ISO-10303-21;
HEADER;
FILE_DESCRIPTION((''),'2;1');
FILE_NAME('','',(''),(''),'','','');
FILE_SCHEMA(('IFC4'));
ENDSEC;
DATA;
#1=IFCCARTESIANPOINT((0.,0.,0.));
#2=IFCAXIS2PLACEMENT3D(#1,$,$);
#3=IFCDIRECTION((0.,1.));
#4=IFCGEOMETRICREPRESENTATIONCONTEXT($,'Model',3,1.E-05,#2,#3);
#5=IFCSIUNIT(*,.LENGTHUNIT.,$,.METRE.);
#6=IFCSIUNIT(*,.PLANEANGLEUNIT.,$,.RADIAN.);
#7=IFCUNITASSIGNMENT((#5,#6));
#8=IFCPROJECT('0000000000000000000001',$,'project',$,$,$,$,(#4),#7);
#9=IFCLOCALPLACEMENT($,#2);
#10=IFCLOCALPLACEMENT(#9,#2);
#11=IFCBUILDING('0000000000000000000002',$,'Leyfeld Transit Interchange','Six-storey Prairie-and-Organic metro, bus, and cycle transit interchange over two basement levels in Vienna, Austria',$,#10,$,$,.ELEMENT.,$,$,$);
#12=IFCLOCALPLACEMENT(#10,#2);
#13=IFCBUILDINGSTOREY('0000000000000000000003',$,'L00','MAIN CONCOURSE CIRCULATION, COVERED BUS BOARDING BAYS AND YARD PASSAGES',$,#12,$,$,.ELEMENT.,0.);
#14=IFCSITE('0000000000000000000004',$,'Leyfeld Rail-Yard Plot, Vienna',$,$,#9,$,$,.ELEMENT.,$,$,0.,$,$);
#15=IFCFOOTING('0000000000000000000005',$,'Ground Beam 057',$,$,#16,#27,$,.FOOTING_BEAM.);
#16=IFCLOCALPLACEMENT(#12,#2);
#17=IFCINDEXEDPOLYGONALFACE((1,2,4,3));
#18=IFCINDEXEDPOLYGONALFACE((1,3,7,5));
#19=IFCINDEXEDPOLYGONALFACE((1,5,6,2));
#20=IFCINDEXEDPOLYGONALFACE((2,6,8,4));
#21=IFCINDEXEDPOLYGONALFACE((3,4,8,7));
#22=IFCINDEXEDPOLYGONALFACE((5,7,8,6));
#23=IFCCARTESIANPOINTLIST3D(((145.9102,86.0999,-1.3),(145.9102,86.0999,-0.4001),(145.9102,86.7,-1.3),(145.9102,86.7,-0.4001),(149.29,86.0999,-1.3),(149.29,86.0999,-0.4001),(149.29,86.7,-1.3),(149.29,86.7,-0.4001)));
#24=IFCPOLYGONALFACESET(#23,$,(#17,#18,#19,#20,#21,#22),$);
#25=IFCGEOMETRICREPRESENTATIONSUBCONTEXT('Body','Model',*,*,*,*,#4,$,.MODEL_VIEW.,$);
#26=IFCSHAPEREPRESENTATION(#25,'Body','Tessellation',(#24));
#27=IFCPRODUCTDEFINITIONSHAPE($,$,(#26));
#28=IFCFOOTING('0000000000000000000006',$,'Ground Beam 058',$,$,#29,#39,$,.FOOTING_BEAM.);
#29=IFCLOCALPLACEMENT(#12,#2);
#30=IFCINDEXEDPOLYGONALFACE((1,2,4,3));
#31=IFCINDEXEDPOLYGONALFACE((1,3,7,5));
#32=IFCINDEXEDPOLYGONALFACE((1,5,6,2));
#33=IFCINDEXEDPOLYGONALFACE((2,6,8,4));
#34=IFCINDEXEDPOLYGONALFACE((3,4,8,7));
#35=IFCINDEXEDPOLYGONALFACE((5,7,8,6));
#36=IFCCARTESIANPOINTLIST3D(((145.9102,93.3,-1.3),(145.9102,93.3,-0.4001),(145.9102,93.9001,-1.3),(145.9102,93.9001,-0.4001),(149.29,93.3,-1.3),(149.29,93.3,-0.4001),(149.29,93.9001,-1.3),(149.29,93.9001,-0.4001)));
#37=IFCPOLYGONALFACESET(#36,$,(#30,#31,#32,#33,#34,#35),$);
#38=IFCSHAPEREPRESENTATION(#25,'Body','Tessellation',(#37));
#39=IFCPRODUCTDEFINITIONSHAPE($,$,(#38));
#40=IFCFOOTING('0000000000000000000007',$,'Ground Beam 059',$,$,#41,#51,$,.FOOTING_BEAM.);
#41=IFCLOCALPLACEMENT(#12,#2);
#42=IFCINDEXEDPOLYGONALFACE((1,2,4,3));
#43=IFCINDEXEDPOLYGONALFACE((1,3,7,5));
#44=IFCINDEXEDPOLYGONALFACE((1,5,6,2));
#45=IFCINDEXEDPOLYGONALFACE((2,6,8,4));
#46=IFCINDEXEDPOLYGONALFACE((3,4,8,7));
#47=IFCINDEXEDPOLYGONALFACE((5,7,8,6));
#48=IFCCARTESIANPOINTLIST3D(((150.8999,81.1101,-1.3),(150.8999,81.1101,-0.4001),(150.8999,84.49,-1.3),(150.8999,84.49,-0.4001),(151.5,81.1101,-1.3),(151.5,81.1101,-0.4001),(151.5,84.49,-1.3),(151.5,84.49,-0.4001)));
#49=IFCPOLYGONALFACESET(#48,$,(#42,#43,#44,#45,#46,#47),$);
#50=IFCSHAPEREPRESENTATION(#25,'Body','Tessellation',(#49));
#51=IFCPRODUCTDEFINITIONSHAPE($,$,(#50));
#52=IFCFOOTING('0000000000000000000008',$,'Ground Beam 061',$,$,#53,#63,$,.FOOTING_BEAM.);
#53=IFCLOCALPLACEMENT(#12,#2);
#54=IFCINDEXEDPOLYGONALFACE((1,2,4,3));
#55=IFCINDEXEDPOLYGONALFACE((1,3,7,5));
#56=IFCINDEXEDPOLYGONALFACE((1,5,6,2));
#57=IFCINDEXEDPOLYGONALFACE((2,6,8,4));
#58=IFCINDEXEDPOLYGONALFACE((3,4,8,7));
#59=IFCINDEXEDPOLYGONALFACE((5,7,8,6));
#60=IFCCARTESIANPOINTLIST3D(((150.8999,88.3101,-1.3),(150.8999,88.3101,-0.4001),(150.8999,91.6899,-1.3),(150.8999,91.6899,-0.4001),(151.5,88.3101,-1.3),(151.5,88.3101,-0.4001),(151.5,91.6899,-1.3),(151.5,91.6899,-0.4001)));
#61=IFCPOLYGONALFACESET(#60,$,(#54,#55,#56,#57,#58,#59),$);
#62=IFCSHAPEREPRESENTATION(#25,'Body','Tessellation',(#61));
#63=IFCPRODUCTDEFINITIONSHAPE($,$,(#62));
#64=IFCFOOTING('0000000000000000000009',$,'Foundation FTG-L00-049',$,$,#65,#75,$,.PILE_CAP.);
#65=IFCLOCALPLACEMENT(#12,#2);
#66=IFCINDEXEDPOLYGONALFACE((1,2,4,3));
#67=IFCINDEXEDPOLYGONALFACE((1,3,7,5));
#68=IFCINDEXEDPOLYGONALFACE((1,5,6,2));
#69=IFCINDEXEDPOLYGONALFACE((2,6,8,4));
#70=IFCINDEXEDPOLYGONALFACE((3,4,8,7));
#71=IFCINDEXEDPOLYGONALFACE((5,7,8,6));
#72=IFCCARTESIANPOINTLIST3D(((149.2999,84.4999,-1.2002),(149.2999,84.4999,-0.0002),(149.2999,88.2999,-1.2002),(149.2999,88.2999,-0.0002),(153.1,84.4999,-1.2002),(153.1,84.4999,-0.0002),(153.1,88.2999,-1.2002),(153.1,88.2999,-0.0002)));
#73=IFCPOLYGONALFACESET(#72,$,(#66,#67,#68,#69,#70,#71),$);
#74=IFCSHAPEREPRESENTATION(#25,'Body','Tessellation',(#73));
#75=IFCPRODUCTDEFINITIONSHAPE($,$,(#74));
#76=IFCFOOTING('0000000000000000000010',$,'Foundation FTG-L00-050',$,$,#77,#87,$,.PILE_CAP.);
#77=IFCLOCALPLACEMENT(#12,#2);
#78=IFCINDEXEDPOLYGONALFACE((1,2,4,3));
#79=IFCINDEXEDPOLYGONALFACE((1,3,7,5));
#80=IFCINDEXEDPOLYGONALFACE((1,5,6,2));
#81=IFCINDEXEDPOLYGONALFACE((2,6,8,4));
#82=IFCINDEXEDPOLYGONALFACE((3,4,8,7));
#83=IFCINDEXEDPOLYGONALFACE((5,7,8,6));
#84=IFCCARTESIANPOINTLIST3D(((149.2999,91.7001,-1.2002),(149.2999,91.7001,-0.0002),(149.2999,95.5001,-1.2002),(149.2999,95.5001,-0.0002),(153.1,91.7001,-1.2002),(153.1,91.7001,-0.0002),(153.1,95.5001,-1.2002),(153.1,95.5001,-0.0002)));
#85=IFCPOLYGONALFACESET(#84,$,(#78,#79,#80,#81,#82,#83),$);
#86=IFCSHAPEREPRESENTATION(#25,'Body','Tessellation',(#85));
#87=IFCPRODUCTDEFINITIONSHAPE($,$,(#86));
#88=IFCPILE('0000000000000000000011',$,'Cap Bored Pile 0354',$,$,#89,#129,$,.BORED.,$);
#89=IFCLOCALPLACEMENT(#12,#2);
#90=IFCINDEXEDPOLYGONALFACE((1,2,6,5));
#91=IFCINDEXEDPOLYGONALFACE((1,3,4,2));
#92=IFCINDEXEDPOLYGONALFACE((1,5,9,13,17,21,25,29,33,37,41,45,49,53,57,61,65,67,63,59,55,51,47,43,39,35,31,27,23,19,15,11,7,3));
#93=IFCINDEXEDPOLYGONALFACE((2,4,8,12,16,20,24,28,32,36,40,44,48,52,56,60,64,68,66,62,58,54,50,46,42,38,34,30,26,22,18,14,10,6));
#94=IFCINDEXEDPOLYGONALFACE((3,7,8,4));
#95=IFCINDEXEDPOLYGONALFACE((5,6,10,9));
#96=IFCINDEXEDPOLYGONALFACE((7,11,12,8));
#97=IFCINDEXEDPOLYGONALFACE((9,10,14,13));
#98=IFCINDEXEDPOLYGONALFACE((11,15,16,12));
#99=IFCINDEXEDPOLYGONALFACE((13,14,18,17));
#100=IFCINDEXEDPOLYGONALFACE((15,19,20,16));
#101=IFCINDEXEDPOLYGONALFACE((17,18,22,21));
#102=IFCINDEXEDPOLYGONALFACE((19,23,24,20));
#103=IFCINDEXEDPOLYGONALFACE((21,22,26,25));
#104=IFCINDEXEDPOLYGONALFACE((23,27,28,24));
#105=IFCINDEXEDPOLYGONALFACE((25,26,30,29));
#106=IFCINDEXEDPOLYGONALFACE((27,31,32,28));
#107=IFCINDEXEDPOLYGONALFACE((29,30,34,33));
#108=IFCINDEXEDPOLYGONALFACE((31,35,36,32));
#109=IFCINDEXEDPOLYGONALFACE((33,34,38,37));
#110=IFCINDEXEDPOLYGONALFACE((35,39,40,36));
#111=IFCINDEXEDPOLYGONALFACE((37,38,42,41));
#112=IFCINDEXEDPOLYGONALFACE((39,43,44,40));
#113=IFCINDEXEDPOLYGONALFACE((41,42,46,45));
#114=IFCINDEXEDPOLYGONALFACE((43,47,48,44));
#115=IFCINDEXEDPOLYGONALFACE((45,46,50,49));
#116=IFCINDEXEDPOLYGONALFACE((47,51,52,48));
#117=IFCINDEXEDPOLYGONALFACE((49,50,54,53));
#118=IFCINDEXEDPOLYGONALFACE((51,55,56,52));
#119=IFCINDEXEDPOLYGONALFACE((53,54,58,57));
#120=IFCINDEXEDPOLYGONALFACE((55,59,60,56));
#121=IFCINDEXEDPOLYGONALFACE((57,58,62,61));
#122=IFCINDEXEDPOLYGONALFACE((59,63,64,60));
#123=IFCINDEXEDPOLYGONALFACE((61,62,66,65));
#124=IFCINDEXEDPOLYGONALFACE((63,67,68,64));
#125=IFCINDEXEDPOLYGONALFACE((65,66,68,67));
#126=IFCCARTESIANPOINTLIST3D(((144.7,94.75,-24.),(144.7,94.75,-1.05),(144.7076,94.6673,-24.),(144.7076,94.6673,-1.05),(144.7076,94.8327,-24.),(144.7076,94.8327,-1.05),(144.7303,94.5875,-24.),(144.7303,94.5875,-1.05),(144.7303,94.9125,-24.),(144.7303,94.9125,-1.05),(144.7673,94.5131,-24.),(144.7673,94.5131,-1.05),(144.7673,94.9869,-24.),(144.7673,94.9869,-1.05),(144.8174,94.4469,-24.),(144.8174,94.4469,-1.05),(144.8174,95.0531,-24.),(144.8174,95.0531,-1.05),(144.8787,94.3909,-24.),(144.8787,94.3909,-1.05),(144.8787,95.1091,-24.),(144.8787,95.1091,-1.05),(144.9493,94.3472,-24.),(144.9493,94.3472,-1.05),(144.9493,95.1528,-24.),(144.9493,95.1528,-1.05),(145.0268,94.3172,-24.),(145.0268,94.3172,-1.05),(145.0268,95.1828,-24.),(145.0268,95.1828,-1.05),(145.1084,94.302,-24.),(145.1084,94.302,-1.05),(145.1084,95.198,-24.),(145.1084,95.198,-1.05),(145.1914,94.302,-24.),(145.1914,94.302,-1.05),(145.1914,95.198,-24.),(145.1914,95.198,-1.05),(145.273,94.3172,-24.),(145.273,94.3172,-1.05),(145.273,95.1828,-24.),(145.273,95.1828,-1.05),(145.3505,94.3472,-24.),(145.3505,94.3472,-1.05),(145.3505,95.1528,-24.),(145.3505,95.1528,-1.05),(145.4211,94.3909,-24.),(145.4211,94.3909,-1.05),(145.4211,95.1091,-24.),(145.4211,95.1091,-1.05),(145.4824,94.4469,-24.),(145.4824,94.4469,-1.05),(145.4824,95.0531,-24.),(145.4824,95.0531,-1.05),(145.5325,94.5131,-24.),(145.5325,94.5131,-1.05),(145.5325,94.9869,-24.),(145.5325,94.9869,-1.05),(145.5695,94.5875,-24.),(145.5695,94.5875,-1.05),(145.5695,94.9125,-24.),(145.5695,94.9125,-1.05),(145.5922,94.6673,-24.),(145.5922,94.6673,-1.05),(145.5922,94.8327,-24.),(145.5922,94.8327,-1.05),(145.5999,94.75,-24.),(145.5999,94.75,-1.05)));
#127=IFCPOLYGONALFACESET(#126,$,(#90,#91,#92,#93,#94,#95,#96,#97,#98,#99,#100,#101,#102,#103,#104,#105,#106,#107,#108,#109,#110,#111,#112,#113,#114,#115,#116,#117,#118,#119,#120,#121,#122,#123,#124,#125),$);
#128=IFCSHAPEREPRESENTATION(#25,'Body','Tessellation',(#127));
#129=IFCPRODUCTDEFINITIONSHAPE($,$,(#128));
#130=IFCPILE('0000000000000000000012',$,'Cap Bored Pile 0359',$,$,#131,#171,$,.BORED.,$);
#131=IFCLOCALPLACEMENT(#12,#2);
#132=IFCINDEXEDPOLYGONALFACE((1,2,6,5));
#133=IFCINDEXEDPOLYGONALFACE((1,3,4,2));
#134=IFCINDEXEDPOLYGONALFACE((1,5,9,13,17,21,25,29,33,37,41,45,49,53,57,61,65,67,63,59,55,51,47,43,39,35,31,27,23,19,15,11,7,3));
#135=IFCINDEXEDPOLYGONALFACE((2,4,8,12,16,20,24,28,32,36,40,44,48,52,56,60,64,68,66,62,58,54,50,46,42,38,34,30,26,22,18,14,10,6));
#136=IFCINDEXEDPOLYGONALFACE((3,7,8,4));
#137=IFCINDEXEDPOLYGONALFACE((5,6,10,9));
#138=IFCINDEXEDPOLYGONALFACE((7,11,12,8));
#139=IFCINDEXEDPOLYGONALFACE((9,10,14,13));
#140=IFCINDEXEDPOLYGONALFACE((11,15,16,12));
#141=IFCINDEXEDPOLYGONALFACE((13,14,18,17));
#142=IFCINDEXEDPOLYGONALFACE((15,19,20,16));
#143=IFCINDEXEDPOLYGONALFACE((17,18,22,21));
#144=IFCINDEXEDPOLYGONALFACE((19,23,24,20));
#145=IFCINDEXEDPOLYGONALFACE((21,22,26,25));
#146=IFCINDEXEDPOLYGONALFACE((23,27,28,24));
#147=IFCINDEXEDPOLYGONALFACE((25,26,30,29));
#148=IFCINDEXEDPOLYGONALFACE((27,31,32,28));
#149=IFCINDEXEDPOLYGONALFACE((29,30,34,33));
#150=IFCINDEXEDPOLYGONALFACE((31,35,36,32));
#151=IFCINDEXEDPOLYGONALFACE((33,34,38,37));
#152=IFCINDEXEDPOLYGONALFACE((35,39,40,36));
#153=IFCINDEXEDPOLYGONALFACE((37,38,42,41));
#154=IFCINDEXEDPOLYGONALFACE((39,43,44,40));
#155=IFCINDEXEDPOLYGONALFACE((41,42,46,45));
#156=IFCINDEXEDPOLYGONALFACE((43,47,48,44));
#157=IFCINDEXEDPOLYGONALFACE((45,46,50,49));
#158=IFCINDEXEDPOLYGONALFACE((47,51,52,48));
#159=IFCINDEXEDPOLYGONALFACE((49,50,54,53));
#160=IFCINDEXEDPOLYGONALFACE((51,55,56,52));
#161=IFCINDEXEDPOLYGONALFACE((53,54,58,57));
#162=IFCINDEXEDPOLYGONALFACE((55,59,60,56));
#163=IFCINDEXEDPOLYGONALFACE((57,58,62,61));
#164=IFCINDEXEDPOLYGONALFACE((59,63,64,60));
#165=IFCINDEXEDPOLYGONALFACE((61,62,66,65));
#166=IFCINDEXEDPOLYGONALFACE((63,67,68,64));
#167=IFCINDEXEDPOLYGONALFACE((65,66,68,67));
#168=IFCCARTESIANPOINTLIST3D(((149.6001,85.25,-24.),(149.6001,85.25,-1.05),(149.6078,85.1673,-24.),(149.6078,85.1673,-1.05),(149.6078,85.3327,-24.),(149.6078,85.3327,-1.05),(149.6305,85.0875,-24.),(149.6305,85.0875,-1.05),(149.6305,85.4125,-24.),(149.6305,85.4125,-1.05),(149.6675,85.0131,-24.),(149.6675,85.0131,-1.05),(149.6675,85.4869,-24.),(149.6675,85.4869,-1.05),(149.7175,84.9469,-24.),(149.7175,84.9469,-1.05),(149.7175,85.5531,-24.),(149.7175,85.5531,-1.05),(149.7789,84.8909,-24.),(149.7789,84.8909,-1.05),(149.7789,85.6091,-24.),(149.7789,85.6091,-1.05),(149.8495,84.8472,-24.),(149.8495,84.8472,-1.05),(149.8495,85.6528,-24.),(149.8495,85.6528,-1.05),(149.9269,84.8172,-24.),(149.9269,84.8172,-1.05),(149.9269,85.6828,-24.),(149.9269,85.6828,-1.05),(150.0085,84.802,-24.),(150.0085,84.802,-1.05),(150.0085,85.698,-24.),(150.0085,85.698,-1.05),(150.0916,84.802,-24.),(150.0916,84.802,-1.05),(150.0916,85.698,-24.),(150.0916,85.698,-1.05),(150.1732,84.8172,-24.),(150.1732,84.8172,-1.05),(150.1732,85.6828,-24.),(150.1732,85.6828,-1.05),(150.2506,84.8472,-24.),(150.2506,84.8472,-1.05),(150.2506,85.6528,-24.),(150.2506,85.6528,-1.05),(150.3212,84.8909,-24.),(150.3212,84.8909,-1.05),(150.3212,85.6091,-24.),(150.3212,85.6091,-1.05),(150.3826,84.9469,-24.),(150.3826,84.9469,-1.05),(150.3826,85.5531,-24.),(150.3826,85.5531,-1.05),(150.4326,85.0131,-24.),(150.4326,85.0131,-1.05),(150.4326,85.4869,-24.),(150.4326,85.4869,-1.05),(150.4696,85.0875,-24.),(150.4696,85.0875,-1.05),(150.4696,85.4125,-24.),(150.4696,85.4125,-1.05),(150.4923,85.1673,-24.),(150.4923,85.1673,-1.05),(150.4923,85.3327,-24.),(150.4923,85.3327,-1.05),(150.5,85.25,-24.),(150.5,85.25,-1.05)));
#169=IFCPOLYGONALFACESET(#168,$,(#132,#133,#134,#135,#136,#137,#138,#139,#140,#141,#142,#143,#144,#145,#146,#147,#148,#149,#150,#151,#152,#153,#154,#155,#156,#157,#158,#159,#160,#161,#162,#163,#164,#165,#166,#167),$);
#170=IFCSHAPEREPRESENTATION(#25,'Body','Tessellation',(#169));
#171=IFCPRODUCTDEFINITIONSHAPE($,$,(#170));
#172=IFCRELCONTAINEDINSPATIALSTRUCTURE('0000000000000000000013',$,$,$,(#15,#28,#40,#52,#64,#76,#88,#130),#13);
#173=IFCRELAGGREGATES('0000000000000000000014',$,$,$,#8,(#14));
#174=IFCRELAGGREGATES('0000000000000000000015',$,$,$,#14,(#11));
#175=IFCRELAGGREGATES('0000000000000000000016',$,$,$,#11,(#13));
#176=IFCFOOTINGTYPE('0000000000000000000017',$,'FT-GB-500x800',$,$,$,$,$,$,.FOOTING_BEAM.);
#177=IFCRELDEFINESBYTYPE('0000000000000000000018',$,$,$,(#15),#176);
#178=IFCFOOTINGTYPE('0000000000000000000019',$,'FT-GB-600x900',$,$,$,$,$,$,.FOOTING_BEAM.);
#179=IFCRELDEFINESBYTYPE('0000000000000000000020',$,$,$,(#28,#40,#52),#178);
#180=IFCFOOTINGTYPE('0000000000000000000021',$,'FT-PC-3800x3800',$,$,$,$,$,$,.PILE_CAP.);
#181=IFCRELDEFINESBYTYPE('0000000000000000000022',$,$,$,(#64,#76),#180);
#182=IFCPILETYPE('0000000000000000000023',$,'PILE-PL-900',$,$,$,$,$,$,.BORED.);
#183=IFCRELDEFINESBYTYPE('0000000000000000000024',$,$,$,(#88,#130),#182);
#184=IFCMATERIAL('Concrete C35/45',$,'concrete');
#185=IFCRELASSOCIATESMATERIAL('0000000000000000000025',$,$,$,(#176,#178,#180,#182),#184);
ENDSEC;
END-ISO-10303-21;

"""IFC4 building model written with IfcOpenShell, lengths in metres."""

from ifc_helpers import new_model, si_unit, direction, frame, origin, origin_2d, place, context, subcontext, project, spatial, rectangle, circle, extrude, material, material_profile, profile_set, type_object, element, save


model = new_model("IFC4")

# Units and contexts
model_context = context("Model", 3, precision=1e-05, world=origin(), true_north=direction((0.0, 1.0)))
body_context = subcontext(model_context, "Body", "Model", "MODEL_VIEW")
ifc_project = project(units=[si_unit("LENGTHUNIT", "METRE"), si_unit("PLANEANGLEUNIT", "RADIAN")], contexts=[model_context])

# Site, building, storey
site_placement = place(None, origin())
site = spatial("IfcSite", under=ifc_project, at=site_placement, Name="Leyfeld Rail-Yard Plot, Vienna", CompositionType="ELEMENT", RefElevation=0.0)
building_placement = place(site_placement, origin())
building = spatial("IfcBuilding", under=site, at=building_placement, Name="Leyfeld Transit Interchange", Description="Six-storey Prairie-and-Organic metro, bus, and cycle transit interchange over two basement levels in Vienna, Austria", CompositionType="ELEMENT")
storey_placement = place(building_placement, origin())
storey = spatial("IfcBuildingStorey", under=building, at=storey_placement, Name="L00", Description="MAIN CONCOURSE CIRCULATION, COVERED BUS BOARDING BAYS AND YARD PASSAGES", CompositionType="ELEMENT", Elevation=0.0)

# Footings
ifc_material_1 = material(Name="Concrete C35/45", Category="concrete")
footing_type_1 = type_object("IfcFootingType", Name="FT-GB-500x800", PredefinedType="FOOTING_BEAM", material=ifc_material_1)
footing_1_placement = place(storey_placement, frame((147.6001, 86.3999, -1.3), z_axis=(0.0, 0.0, 1.0), x_axis=(1.0, 0.0, 0.0)))
element("IfcFooting", 1, at=footing_1_placement, inside=storey, type_object=footing_type_1, Name="Ground Beam 057", PredefinedType="FOOTING_BEAM", context=body_context, shape_type="SweptSolid", body=[
    extrude(rectangle(XDim=3.3799, YDim=0.6001, at=origin_2d()), origin(), (0.0, 0.0, 1.0), 0.8999),
])
footing_type_2 = type_object("IfcFootingType", Name="FT-GB-600x900", PredefinedType="FOOTING_BEAM", material=ifc_material_1)
footing_2_placement = place(storey_placement, frame((147.6001, 93.6001, -1.3), z_axis=(0.0, 0.0, 1.0), x_axis=(1.0, 0.0, 0.0)))
element("IfcFooting", 2, at=footing_2_placement, inside=storey, type_object=footing_type_2, Name="Ground Beam 058", PredefinedType="FOOTING_BEAM", context=body_context, shape_type="SweptSolid", body=[
    extrude(rectangle(XDim=3.3799, YDim=0.6001, at=origin_2d()), origin(), (0.0, 0.0, 1.0), 0.8999),
])
for number, where, z_axis, x_axis, name in (
    (3, (151.2, 82.8, -1.3), (0.0, 0.0, 1.0), (1.0, 0.0, 0.0), "Ground Beam 059"),
    (4, (151.2, 90.0, -1.3), (0.0, 0.0, 1.0), (1.0, 0.0, 0.0), "Ground Beam 061"),
):
    element("IfcFooting", number, at=place(storey_placement, frame(where, z_axis=z_axis, x_axis=x_axis)), inside=storey, type_object=footing_type_2, Name=name, PredefinedType="FOOTING_BEAM", context=body_context, shape_type="SweptSolid", body=[
        extrude(rectangle(XDim=0.6001, YDim=3.3799, at=origin_2d()), origin(), (0.0, 0.0, 1.0), 0.8999),
    ])
footing_type_3 = type_object("IfcFootingType", Name="FT-PC-3800x3800", PredefinedType="PILE_CAP", material=ifc_material_1)
for number, where, z_axis, x_axis, name in (
    (5, (151.2, 86.3999, -1.2002), (0.0, 0.0, 1.0), (1.0, 0.0, 0.0), "Foundation FTG-L00-049"),
    (6, (151.2, 93.6001, -1.2002), (0.0, 0.0, 1.0), (1.0, 0.0, 0.0), "Foundation FTG-L00-050"),
):
    element("IfcFooting", number, at=place(storey_placement, frame(where, z_axis=z_axis, x_axis=x_axis)), inside=storey, type_object=footing_type_3, Name=name, PredefinedType="PILE_CAP", context=body_context, shape_type="SweptSolid", body=[
        extrude(rectangle(XDim=3.8, YDim=3.8, at=origin_2d()), origin(), (0.0, 0.0, 1.0), 1.2),
    ])

# Piles
ifc_material_profile_1 = material_profile(ifc_material_1, circle(Radius=0.45, at=origin_2d()), Name="PILE D900")
ifc_profile_set_1 = profile_set([ifc_material_profile_1], Name="Concrete C35/45")
pile_type = type_object("IfcPileType", Name="PILE-PL-900", PredefinedType="BORED", material=ifc_profile_set_1)
for number, where, z_axis, x_axis, name in (
    (7, (145.1499, 94.75, -1.05), (0.0, 0.0, -1.0), (1.0, 0.0, 0.0), "Cap Bored Pile 0354"),
    (8, (150.05, 85.25, -1.05), (0.0, 0.0, -1.0), (1.0, 0.0, 0.0), "Cap Bored Pile 0359"),
):
    element("IfcPile", number, at=place(storey_placement, frame(where, z_axis=z_axis, x_axis=x_axis)), inside=storey, type_object=pile_type, Name=name, PredefinedType="BORED", context=body_context, shape_type="SweptSolid", body=[
        extrude(circle(Radius=0.45, at=origin_2d()), origin(), (0.0, 0.0, 1.0), 22.95),
    ])

save(model, "model.ifc")
